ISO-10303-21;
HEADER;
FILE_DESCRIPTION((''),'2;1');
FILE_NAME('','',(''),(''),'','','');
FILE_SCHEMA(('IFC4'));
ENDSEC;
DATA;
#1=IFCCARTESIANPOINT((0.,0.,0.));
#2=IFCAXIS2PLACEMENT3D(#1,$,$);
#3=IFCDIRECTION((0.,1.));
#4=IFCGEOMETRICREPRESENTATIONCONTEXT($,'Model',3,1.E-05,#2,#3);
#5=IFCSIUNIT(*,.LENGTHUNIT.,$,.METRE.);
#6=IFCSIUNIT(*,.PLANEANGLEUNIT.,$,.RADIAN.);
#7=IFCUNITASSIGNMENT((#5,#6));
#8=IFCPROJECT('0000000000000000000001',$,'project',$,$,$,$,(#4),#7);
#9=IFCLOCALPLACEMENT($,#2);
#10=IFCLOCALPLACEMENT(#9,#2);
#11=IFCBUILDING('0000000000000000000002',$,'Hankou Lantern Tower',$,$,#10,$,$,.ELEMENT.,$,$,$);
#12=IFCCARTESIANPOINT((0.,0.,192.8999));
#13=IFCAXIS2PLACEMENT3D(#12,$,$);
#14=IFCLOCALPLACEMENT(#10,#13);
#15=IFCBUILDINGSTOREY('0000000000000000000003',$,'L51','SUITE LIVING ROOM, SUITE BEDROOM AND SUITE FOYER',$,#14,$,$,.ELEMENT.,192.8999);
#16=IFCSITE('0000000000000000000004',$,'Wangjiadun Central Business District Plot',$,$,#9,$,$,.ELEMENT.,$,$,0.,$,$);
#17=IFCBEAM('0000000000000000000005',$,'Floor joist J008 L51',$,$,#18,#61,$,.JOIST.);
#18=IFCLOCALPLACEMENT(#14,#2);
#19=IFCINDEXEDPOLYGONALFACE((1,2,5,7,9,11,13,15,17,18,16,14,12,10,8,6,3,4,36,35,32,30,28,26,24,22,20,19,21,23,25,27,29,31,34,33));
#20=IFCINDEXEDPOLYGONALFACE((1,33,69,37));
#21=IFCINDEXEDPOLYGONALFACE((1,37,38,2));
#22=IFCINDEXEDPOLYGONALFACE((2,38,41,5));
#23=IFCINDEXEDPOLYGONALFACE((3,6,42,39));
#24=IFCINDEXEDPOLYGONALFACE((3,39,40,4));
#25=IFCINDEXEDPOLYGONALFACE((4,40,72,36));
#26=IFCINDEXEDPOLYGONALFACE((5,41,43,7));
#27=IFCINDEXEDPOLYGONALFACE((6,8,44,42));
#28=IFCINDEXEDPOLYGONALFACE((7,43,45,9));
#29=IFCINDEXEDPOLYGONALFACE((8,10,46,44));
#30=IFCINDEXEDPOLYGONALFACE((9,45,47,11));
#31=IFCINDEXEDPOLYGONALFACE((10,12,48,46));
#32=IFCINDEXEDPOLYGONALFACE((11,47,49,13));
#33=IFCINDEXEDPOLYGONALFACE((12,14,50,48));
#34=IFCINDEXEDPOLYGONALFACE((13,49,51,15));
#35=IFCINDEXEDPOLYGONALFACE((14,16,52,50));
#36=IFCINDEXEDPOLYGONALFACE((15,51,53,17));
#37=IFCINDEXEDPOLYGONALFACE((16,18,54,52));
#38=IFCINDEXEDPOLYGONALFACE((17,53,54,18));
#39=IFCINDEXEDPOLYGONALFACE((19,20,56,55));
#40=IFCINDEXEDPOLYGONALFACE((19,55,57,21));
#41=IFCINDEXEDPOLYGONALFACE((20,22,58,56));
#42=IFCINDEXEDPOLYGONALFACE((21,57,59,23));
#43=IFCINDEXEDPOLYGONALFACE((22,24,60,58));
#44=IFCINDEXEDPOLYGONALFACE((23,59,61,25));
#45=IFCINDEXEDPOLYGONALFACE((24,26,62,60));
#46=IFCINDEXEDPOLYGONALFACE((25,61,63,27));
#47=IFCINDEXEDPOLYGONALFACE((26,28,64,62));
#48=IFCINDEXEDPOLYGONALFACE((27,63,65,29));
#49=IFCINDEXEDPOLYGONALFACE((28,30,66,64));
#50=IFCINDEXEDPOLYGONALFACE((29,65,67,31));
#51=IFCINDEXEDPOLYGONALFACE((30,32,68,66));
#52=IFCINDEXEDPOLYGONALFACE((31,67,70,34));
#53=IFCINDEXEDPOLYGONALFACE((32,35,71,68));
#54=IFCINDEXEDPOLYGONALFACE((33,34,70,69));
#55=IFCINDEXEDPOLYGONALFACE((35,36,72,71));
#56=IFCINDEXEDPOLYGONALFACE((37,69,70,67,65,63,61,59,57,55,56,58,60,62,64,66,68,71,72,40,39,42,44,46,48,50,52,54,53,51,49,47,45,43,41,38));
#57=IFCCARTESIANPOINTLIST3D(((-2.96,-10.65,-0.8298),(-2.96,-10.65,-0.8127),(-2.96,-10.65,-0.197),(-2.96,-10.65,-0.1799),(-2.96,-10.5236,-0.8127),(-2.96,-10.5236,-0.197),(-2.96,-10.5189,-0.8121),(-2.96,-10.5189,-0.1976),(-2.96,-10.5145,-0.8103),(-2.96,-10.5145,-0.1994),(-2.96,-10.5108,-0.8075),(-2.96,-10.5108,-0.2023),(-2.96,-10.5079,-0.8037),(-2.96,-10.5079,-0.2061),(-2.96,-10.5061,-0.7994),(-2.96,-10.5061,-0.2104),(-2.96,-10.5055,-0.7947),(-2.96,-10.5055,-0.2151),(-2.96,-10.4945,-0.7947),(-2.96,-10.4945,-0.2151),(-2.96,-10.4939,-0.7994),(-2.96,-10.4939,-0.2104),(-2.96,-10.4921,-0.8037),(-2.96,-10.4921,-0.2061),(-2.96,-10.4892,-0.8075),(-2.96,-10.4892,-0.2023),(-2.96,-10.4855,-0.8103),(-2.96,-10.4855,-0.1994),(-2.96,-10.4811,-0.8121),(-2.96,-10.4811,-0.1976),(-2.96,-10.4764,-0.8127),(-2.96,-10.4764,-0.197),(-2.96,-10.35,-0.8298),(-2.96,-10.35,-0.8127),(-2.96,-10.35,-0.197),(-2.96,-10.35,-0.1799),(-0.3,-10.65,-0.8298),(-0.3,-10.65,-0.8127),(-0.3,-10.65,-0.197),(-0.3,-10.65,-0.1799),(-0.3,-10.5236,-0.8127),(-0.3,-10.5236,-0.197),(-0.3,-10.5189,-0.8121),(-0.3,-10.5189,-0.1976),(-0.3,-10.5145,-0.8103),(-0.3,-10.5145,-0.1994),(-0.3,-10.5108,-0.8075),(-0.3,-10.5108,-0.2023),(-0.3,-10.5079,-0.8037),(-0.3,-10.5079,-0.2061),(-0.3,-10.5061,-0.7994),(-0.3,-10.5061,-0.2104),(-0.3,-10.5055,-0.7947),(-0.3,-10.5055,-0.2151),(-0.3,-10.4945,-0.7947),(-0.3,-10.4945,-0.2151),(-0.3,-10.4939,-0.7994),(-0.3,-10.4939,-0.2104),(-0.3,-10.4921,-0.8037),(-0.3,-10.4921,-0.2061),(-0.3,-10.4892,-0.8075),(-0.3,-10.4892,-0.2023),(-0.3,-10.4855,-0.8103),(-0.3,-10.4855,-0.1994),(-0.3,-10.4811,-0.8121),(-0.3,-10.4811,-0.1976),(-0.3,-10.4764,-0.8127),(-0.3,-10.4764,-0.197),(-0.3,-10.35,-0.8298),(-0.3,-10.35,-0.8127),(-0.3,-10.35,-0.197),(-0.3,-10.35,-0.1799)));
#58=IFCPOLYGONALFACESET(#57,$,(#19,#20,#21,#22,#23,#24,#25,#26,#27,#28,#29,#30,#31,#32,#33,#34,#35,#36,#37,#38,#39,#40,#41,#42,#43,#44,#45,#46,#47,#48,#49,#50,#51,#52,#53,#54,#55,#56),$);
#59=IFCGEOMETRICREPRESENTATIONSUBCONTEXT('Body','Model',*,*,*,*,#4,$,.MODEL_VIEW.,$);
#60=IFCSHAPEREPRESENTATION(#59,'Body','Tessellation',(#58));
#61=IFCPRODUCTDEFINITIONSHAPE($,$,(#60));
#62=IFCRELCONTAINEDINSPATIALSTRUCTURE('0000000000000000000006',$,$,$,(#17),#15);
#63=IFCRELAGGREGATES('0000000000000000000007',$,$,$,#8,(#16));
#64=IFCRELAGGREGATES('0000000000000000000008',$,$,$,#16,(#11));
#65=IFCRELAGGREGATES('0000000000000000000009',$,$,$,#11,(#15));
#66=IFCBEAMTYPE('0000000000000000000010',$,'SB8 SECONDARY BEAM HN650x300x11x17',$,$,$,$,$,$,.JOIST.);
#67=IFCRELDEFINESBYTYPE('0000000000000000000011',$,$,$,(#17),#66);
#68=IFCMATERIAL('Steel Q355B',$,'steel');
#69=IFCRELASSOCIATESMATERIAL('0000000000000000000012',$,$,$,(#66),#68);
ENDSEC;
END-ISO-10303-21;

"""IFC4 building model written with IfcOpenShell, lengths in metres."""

from ifc_helpers import new_model, si_unit, direction, frame, origin, origin_2d, place, context, subcontext, project, spatial, i_section, extrude, material, material_profile, profile_set, type_object, element, save


model = new_model("IFC4")

# Units and contexts
model_context = context("Model", 3, precision=1e-05, world=origin(), true_north=direction((0.0, 1.0)))
body_context = subcontext(model_context, "Body", "Model", "MODEL_VIEW")
ifc_project = project(units=[si_unit("LENGTHUNIT", "METRE"), si_unit("PLANEANGLEUNIT", "RADIAN")], contexts=[model_context])

# Site, building, storey
site_placement = place(None, origin())
site = spatial("IfcSite", under=ifc_project, at=site_placement, Name="Wangjiadun Central Business District Plot", CompositionType="ELEMENT", RefElevation=0.0)
building_placement = place(site_placement, origin())
building = spatial("IfcBuilding", under=site, at=building_placement, Name="Hankou Lantern Tower", CompositionType="ELEMENT")
storey_placement = place(building_placement, frame((0.0, 0.0, 192.8999)))
storey = spatial("IfcBuildingStorey", under=building, at=storey_placement, Name="L51", Description="SUITE LIVING ROOM, SUITE BEDROOM AND SUITE FOYER", CompositionType="ELEMENT", Elevation=192.8999)

# Beam
ifc_material_1 = material(Name="Steel Q355B", Category="steel")
ifc_material_profile_1 = material_profile(ifc_material_1, i_section(OverallWidth=0.3, OverallDepth=0.6499, WebThickness=0.011, FlangeThickness=0.0171, FilletRadius=0.0181, at=origin_2d()), Name="HN650x300x11x17")
ifc_profile_set_1 = profile_set([ifc_material_profile_1], Name="Steel Q355B")
beam_type_1 = type_object("IfcBeamType", Name="SB8 SECONDARY BEAM HN650x300x11x17", PredefinedType="JOIST", material=ifc_profile_set_1)
beam_1_placement = place(storey_placement, frame((-2.96, -10.5, -0.5049), z_axis=(1.0, 0.0, 0.0), x_axis=(0.0, 1.0, 0.0)))
element("IfcBeam", 1, at=beam_1_placement, inside=storey, type_object=beam_type_1, Name="Floor joist J008 L51", PredefinedType="JOIST", context=body_context, shape_type="SweptSolid", body=[
    extrude(i_section(OverallWidth=0.3, OverallDepth=0.6499, WebThickness=0.011, FlangeThickness=0.0171, FilletRadius=0.0181, at=origin_2d()), origin(), (0.0, 0.0, 1.0), 2.6599),
])

save(model, "model.ifc")
